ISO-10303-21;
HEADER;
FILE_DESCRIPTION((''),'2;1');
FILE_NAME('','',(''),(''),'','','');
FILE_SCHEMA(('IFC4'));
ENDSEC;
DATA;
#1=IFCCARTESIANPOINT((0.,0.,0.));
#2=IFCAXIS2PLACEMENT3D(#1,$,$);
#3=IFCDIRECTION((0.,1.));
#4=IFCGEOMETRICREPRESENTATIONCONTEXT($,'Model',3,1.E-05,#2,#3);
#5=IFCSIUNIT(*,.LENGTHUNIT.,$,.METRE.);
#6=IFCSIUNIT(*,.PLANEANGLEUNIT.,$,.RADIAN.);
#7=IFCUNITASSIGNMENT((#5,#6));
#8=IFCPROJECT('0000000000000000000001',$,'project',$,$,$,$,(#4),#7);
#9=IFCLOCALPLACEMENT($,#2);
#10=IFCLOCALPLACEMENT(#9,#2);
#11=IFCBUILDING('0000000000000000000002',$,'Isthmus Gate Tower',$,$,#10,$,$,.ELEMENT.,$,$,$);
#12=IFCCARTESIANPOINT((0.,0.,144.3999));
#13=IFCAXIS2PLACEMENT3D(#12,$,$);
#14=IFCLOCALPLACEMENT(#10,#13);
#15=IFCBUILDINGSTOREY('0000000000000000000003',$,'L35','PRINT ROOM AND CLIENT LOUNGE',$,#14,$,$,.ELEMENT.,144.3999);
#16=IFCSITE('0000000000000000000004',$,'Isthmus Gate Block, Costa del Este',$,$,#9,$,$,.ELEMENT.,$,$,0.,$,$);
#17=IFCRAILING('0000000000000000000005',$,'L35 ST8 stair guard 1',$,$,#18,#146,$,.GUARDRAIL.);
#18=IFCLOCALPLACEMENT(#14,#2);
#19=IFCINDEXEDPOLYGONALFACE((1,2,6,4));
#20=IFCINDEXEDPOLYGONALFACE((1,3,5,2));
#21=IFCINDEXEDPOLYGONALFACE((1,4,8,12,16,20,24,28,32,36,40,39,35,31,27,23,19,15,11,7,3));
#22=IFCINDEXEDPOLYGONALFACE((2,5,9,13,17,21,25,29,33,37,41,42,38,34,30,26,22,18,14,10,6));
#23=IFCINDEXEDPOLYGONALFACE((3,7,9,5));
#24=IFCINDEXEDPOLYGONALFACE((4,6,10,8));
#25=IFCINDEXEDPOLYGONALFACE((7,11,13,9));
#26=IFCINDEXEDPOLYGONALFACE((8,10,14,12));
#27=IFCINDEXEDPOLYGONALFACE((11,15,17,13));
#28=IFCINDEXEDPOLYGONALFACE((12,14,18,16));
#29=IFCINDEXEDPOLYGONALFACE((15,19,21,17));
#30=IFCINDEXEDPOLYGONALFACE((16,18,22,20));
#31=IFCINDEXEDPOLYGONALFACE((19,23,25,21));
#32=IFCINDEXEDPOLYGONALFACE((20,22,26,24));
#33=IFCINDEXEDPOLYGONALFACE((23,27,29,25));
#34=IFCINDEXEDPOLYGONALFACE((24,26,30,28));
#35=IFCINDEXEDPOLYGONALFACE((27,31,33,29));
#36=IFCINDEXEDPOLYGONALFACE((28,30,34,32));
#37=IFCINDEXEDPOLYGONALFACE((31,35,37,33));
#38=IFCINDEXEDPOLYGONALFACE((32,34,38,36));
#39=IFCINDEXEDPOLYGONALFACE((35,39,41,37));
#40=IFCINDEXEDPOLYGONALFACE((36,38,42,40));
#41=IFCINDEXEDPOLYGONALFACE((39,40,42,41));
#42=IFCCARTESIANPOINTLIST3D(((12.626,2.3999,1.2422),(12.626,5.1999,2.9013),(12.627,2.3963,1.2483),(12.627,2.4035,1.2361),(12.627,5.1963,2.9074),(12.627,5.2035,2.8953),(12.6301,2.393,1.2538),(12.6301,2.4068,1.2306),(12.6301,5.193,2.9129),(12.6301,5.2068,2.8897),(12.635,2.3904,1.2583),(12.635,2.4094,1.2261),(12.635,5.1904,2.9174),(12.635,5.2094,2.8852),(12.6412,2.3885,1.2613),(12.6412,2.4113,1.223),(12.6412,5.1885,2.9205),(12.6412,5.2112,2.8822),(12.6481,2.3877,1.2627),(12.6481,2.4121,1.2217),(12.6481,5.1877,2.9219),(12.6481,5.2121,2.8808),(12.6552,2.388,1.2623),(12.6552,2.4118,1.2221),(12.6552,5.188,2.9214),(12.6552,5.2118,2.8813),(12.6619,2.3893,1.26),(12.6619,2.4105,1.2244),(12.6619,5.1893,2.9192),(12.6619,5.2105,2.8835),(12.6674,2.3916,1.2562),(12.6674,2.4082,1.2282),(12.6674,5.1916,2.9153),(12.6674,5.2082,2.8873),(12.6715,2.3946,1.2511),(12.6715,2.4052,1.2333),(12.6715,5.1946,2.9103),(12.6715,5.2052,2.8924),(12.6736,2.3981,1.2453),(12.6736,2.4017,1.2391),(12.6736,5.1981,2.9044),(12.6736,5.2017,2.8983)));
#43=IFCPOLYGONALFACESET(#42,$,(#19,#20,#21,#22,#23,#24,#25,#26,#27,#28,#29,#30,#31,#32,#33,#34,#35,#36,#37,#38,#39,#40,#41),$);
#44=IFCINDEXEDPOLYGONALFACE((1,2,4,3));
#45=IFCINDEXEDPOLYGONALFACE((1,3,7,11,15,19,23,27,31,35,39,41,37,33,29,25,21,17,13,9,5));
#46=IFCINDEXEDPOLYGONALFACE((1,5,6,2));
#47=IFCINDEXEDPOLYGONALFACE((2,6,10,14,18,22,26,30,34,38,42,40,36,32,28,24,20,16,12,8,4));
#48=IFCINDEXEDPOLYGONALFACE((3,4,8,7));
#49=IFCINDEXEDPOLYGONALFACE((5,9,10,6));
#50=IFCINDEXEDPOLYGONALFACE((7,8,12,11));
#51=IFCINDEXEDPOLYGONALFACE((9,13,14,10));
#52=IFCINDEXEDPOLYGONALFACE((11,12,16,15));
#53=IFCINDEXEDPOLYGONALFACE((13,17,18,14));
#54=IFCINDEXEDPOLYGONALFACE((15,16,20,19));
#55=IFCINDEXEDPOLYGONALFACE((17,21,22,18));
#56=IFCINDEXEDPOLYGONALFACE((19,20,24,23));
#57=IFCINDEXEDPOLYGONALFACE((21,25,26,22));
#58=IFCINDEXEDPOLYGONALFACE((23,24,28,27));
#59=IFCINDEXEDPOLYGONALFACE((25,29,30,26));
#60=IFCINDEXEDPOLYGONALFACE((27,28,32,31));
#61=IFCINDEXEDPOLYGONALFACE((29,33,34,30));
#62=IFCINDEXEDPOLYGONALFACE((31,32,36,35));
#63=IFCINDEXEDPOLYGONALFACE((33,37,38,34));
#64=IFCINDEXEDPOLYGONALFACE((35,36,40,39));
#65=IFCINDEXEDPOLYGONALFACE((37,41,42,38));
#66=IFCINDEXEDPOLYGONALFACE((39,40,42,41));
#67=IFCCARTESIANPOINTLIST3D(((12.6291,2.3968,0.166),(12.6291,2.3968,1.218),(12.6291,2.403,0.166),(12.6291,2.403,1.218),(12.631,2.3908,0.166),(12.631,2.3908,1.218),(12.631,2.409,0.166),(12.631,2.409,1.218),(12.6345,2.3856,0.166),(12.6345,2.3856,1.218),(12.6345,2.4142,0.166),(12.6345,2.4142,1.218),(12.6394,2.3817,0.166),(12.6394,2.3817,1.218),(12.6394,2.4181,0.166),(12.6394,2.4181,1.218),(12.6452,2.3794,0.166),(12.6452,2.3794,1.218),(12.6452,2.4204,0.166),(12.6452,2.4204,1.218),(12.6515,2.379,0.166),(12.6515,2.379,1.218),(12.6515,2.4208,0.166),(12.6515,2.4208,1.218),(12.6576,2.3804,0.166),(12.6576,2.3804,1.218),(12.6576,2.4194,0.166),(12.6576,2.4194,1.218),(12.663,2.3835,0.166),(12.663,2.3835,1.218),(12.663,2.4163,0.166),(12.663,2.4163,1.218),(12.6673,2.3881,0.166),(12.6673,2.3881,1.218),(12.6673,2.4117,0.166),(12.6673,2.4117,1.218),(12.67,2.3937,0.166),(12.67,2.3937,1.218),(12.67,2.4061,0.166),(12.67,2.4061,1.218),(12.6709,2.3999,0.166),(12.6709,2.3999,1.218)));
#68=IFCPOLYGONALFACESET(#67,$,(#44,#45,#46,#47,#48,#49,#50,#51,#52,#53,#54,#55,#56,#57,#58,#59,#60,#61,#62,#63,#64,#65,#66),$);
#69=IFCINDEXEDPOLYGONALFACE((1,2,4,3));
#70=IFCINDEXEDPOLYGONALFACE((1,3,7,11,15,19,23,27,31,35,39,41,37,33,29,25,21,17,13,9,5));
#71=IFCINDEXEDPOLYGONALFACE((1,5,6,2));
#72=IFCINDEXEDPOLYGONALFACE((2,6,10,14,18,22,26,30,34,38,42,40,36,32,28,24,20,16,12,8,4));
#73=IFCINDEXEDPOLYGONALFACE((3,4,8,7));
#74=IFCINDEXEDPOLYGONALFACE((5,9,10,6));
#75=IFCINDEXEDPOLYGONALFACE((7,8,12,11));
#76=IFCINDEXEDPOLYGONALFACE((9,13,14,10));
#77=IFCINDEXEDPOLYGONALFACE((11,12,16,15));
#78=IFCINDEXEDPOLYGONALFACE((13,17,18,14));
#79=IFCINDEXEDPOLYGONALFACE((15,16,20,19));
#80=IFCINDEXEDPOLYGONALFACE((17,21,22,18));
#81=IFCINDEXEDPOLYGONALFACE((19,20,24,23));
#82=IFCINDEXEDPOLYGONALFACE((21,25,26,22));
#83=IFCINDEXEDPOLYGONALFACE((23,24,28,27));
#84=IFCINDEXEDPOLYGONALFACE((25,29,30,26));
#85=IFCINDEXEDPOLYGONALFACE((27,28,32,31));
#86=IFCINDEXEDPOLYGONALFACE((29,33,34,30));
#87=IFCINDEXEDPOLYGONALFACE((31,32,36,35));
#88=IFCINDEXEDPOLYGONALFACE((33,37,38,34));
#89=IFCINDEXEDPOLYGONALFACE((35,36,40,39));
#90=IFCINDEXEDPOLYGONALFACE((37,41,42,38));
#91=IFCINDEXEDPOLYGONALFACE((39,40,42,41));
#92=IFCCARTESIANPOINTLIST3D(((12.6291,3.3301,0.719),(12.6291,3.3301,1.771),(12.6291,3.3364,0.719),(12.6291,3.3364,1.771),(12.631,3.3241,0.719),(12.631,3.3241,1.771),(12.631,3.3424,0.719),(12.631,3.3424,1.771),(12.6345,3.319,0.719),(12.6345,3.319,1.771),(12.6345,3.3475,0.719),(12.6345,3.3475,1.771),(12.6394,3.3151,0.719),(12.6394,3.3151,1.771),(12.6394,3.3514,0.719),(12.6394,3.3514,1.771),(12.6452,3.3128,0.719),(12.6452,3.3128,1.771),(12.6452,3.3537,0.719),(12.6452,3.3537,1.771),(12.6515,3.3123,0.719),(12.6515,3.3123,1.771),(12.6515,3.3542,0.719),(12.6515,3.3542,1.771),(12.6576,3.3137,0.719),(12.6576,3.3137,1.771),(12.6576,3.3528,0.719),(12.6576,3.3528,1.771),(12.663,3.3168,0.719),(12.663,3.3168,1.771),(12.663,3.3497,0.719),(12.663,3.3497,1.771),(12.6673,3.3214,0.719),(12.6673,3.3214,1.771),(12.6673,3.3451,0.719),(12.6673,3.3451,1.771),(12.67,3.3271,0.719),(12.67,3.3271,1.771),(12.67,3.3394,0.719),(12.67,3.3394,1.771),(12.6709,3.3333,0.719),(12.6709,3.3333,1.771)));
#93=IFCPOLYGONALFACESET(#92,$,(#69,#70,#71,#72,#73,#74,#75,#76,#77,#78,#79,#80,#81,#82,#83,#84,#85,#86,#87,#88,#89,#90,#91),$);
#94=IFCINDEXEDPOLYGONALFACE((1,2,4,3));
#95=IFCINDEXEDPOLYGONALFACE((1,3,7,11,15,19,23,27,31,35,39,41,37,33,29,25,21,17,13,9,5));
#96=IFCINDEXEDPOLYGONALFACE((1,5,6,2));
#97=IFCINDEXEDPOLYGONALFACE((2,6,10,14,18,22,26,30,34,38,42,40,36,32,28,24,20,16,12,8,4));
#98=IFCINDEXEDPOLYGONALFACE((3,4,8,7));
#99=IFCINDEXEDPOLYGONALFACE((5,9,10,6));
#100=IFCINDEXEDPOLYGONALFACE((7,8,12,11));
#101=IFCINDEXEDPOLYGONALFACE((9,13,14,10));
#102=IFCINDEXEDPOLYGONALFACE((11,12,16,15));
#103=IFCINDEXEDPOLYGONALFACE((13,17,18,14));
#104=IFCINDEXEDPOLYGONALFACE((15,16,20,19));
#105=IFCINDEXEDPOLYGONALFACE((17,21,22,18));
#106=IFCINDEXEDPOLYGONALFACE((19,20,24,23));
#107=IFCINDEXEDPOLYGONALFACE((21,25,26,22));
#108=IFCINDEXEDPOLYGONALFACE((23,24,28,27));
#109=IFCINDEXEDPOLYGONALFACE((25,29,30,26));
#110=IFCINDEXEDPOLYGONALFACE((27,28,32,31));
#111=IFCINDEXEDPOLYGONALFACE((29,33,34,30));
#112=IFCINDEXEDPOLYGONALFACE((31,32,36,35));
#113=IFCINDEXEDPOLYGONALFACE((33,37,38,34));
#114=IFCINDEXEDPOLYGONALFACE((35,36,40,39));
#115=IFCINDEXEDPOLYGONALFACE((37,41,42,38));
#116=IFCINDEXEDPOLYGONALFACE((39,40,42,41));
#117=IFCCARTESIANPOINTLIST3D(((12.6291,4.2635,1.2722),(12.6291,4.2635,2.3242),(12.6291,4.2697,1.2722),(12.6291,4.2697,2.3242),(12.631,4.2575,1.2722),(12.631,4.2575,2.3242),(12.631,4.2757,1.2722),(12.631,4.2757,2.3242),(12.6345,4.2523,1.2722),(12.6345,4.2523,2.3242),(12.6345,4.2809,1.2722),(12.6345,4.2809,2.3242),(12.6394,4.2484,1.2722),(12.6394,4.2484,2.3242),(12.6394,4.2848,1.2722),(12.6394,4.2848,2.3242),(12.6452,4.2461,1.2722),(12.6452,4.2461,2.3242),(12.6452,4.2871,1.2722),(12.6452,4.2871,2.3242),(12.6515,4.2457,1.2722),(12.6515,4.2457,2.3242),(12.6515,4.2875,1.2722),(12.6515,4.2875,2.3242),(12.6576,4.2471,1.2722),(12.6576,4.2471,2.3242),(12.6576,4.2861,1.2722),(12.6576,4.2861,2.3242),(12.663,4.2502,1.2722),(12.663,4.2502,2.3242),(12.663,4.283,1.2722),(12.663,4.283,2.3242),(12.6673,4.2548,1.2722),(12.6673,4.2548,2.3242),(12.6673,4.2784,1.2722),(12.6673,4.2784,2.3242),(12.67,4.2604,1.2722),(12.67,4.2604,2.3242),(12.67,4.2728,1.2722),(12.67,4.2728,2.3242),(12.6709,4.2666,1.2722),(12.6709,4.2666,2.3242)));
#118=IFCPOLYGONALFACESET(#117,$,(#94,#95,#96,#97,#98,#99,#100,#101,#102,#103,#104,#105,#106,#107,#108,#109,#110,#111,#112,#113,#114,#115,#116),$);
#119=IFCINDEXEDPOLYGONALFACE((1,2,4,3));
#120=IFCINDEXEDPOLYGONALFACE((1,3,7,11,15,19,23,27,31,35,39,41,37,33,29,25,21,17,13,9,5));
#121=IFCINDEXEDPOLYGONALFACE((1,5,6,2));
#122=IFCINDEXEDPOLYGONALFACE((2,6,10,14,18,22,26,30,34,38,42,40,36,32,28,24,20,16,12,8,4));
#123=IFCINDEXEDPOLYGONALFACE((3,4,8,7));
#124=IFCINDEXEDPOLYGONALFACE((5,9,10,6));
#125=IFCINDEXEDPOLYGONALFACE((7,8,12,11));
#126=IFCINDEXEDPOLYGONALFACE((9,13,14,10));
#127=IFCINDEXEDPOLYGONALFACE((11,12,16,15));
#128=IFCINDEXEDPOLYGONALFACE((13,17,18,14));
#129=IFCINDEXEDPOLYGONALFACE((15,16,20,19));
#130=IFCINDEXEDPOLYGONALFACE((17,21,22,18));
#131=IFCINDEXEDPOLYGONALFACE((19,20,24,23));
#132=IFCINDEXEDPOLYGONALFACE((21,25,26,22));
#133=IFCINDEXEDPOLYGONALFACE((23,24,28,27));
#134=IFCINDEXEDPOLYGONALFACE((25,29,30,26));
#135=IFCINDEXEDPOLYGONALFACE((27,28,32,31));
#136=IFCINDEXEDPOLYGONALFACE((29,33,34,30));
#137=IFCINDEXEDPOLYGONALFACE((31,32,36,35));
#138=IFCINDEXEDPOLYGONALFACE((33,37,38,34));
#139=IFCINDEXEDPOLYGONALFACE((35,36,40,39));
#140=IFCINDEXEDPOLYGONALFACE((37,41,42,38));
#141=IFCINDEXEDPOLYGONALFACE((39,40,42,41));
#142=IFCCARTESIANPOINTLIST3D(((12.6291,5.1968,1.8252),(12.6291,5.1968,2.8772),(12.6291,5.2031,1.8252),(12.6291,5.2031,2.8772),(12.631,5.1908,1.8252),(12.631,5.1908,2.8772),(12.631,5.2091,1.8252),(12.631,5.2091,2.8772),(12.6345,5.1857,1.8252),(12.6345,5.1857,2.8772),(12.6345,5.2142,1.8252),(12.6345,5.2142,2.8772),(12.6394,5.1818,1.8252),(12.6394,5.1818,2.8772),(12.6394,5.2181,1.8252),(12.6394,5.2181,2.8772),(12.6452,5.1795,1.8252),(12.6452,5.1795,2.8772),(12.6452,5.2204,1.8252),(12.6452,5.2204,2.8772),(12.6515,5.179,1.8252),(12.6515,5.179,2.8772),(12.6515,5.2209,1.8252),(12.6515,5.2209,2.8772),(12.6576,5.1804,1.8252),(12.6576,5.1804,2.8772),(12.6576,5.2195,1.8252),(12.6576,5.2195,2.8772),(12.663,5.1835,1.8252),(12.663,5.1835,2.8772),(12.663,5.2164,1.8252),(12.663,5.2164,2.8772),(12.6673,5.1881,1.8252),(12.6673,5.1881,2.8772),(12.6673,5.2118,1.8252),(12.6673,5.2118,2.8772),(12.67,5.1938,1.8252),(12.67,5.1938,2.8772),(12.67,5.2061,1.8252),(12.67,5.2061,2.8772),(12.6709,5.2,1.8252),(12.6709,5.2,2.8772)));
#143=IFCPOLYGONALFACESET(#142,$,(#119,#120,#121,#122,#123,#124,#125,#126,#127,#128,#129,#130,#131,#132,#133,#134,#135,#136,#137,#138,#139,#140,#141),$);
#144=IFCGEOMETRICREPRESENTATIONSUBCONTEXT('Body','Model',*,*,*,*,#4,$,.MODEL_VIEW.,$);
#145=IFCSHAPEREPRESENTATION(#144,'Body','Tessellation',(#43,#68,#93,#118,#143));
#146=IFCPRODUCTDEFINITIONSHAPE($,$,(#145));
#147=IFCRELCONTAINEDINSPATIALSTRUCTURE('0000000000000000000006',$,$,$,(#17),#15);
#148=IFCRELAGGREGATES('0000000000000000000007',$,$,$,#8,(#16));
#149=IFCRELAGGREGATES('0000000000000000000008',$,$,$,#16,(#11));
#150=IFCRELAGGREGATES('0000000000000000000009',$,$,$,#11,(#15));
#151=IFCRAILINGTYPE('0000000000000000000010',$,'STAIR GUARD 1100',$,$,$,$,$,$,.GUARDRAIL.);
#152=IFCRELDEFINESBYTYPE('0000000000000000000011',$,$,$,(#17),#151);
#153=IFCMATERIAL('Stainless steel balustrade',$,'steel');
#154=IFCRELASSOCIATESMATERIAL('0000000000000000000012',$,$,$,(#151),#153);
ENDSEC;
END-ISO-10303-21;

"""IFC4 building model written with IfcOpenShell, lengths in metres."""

from ifc_helpers import new_model, si_unit, direction, frame, origin, origin_2d, place, context, subcontext, project, spatial, circle, extrude, material, type_object, element, save


model = new_model("IFC4")

# Units and contexts
model_context = context("Model", 3, precision=1e-05, world=origin(), true_north=direction((0.0, 1.0)))
body_context = subcontext(model_context, "Body", "Model", "MODEL_VIEW")
ifc_project = project(units=[si_unit("LENGTHUNIT", "METRE"), si_unit("PLANEANGLEUNIT", "RADIAN")], contexts=[model_context])

# Site, building, storey
site_placement = place(None, origin())
site = spatial("IfcSite", under=ifc_project, at=site_placement, Name="Isthmus Gate Block, Costa del Este", CompositionType="ELEMENT", RefElevation=0.0)
building_placement = place(site_placement, origin())
building = spatial("IfcBuilding", under=site, at=building_placement, Name="Isthmus Gate Tower", CompositionType="ELEMENT")
storey_placement = place(building_placement, frame((0.0, 0.0, 144.3999)))
storey = spatial("IfcBuildingStorey", under=building, at=storey_placement, Name="L35", Description="PRINT ROOM AND CLIENT LOUNGE", CompositionType="ELEMENT", Elevation=144.3999)

# Railing
ifc_material_1 = material(Name="Stainless steel balustrade", Category="steel")
railing_type_1 = type_object("IfcRailingType", Name="STAIR GUARD 1100", PredefinedType="GUARDRAIL", material=ifc_material_1)
railing_1_placement = place(storey_placement, frame((12.6499, 2.3999, 0.166)))
element("IfcRailing", 1, at=railing_1_placement, inside=storey, type_object=railing_type_1, Name="L35 ST8 stair guard 1", PredefinedType="GUARDRAIL", context=body_context, shape_type="SweptSolid", body=[
    extrude(circle(Radius=0.0239, at=origin_2d()), frame((0.0, 0.0, 1.0762), z_axis=(0.0, 0.860306, 0.509778), x_axis=(-1.0, 0.0, 0.0)), (0.0, 0.0, 1.0), 3.2546),
    extrude(circle(Radius=0.021, at=origin_2d()), origin(), (0.0, 0.0, 1.0), 1.052),
    extrude(circle(Radius=0.021, at=origin_2d()), frame((0.0, 0.9333, 0.553)), (0.0, 0.0, 1.0), 1.052),
    extrude(circle(Radius=0.021, at=origin_2d()), frame((0.0, 1.8667, 1.1062)), (0.0, 0.0, 1.0), 1.052),
    extrude(circle(Radius=0.021, at=origin_2d()), frame((0.0, 2.8, 1.6592)), (0.0, 0.0, 1.0), 1.052),
])

save(model, "model.ifc")
